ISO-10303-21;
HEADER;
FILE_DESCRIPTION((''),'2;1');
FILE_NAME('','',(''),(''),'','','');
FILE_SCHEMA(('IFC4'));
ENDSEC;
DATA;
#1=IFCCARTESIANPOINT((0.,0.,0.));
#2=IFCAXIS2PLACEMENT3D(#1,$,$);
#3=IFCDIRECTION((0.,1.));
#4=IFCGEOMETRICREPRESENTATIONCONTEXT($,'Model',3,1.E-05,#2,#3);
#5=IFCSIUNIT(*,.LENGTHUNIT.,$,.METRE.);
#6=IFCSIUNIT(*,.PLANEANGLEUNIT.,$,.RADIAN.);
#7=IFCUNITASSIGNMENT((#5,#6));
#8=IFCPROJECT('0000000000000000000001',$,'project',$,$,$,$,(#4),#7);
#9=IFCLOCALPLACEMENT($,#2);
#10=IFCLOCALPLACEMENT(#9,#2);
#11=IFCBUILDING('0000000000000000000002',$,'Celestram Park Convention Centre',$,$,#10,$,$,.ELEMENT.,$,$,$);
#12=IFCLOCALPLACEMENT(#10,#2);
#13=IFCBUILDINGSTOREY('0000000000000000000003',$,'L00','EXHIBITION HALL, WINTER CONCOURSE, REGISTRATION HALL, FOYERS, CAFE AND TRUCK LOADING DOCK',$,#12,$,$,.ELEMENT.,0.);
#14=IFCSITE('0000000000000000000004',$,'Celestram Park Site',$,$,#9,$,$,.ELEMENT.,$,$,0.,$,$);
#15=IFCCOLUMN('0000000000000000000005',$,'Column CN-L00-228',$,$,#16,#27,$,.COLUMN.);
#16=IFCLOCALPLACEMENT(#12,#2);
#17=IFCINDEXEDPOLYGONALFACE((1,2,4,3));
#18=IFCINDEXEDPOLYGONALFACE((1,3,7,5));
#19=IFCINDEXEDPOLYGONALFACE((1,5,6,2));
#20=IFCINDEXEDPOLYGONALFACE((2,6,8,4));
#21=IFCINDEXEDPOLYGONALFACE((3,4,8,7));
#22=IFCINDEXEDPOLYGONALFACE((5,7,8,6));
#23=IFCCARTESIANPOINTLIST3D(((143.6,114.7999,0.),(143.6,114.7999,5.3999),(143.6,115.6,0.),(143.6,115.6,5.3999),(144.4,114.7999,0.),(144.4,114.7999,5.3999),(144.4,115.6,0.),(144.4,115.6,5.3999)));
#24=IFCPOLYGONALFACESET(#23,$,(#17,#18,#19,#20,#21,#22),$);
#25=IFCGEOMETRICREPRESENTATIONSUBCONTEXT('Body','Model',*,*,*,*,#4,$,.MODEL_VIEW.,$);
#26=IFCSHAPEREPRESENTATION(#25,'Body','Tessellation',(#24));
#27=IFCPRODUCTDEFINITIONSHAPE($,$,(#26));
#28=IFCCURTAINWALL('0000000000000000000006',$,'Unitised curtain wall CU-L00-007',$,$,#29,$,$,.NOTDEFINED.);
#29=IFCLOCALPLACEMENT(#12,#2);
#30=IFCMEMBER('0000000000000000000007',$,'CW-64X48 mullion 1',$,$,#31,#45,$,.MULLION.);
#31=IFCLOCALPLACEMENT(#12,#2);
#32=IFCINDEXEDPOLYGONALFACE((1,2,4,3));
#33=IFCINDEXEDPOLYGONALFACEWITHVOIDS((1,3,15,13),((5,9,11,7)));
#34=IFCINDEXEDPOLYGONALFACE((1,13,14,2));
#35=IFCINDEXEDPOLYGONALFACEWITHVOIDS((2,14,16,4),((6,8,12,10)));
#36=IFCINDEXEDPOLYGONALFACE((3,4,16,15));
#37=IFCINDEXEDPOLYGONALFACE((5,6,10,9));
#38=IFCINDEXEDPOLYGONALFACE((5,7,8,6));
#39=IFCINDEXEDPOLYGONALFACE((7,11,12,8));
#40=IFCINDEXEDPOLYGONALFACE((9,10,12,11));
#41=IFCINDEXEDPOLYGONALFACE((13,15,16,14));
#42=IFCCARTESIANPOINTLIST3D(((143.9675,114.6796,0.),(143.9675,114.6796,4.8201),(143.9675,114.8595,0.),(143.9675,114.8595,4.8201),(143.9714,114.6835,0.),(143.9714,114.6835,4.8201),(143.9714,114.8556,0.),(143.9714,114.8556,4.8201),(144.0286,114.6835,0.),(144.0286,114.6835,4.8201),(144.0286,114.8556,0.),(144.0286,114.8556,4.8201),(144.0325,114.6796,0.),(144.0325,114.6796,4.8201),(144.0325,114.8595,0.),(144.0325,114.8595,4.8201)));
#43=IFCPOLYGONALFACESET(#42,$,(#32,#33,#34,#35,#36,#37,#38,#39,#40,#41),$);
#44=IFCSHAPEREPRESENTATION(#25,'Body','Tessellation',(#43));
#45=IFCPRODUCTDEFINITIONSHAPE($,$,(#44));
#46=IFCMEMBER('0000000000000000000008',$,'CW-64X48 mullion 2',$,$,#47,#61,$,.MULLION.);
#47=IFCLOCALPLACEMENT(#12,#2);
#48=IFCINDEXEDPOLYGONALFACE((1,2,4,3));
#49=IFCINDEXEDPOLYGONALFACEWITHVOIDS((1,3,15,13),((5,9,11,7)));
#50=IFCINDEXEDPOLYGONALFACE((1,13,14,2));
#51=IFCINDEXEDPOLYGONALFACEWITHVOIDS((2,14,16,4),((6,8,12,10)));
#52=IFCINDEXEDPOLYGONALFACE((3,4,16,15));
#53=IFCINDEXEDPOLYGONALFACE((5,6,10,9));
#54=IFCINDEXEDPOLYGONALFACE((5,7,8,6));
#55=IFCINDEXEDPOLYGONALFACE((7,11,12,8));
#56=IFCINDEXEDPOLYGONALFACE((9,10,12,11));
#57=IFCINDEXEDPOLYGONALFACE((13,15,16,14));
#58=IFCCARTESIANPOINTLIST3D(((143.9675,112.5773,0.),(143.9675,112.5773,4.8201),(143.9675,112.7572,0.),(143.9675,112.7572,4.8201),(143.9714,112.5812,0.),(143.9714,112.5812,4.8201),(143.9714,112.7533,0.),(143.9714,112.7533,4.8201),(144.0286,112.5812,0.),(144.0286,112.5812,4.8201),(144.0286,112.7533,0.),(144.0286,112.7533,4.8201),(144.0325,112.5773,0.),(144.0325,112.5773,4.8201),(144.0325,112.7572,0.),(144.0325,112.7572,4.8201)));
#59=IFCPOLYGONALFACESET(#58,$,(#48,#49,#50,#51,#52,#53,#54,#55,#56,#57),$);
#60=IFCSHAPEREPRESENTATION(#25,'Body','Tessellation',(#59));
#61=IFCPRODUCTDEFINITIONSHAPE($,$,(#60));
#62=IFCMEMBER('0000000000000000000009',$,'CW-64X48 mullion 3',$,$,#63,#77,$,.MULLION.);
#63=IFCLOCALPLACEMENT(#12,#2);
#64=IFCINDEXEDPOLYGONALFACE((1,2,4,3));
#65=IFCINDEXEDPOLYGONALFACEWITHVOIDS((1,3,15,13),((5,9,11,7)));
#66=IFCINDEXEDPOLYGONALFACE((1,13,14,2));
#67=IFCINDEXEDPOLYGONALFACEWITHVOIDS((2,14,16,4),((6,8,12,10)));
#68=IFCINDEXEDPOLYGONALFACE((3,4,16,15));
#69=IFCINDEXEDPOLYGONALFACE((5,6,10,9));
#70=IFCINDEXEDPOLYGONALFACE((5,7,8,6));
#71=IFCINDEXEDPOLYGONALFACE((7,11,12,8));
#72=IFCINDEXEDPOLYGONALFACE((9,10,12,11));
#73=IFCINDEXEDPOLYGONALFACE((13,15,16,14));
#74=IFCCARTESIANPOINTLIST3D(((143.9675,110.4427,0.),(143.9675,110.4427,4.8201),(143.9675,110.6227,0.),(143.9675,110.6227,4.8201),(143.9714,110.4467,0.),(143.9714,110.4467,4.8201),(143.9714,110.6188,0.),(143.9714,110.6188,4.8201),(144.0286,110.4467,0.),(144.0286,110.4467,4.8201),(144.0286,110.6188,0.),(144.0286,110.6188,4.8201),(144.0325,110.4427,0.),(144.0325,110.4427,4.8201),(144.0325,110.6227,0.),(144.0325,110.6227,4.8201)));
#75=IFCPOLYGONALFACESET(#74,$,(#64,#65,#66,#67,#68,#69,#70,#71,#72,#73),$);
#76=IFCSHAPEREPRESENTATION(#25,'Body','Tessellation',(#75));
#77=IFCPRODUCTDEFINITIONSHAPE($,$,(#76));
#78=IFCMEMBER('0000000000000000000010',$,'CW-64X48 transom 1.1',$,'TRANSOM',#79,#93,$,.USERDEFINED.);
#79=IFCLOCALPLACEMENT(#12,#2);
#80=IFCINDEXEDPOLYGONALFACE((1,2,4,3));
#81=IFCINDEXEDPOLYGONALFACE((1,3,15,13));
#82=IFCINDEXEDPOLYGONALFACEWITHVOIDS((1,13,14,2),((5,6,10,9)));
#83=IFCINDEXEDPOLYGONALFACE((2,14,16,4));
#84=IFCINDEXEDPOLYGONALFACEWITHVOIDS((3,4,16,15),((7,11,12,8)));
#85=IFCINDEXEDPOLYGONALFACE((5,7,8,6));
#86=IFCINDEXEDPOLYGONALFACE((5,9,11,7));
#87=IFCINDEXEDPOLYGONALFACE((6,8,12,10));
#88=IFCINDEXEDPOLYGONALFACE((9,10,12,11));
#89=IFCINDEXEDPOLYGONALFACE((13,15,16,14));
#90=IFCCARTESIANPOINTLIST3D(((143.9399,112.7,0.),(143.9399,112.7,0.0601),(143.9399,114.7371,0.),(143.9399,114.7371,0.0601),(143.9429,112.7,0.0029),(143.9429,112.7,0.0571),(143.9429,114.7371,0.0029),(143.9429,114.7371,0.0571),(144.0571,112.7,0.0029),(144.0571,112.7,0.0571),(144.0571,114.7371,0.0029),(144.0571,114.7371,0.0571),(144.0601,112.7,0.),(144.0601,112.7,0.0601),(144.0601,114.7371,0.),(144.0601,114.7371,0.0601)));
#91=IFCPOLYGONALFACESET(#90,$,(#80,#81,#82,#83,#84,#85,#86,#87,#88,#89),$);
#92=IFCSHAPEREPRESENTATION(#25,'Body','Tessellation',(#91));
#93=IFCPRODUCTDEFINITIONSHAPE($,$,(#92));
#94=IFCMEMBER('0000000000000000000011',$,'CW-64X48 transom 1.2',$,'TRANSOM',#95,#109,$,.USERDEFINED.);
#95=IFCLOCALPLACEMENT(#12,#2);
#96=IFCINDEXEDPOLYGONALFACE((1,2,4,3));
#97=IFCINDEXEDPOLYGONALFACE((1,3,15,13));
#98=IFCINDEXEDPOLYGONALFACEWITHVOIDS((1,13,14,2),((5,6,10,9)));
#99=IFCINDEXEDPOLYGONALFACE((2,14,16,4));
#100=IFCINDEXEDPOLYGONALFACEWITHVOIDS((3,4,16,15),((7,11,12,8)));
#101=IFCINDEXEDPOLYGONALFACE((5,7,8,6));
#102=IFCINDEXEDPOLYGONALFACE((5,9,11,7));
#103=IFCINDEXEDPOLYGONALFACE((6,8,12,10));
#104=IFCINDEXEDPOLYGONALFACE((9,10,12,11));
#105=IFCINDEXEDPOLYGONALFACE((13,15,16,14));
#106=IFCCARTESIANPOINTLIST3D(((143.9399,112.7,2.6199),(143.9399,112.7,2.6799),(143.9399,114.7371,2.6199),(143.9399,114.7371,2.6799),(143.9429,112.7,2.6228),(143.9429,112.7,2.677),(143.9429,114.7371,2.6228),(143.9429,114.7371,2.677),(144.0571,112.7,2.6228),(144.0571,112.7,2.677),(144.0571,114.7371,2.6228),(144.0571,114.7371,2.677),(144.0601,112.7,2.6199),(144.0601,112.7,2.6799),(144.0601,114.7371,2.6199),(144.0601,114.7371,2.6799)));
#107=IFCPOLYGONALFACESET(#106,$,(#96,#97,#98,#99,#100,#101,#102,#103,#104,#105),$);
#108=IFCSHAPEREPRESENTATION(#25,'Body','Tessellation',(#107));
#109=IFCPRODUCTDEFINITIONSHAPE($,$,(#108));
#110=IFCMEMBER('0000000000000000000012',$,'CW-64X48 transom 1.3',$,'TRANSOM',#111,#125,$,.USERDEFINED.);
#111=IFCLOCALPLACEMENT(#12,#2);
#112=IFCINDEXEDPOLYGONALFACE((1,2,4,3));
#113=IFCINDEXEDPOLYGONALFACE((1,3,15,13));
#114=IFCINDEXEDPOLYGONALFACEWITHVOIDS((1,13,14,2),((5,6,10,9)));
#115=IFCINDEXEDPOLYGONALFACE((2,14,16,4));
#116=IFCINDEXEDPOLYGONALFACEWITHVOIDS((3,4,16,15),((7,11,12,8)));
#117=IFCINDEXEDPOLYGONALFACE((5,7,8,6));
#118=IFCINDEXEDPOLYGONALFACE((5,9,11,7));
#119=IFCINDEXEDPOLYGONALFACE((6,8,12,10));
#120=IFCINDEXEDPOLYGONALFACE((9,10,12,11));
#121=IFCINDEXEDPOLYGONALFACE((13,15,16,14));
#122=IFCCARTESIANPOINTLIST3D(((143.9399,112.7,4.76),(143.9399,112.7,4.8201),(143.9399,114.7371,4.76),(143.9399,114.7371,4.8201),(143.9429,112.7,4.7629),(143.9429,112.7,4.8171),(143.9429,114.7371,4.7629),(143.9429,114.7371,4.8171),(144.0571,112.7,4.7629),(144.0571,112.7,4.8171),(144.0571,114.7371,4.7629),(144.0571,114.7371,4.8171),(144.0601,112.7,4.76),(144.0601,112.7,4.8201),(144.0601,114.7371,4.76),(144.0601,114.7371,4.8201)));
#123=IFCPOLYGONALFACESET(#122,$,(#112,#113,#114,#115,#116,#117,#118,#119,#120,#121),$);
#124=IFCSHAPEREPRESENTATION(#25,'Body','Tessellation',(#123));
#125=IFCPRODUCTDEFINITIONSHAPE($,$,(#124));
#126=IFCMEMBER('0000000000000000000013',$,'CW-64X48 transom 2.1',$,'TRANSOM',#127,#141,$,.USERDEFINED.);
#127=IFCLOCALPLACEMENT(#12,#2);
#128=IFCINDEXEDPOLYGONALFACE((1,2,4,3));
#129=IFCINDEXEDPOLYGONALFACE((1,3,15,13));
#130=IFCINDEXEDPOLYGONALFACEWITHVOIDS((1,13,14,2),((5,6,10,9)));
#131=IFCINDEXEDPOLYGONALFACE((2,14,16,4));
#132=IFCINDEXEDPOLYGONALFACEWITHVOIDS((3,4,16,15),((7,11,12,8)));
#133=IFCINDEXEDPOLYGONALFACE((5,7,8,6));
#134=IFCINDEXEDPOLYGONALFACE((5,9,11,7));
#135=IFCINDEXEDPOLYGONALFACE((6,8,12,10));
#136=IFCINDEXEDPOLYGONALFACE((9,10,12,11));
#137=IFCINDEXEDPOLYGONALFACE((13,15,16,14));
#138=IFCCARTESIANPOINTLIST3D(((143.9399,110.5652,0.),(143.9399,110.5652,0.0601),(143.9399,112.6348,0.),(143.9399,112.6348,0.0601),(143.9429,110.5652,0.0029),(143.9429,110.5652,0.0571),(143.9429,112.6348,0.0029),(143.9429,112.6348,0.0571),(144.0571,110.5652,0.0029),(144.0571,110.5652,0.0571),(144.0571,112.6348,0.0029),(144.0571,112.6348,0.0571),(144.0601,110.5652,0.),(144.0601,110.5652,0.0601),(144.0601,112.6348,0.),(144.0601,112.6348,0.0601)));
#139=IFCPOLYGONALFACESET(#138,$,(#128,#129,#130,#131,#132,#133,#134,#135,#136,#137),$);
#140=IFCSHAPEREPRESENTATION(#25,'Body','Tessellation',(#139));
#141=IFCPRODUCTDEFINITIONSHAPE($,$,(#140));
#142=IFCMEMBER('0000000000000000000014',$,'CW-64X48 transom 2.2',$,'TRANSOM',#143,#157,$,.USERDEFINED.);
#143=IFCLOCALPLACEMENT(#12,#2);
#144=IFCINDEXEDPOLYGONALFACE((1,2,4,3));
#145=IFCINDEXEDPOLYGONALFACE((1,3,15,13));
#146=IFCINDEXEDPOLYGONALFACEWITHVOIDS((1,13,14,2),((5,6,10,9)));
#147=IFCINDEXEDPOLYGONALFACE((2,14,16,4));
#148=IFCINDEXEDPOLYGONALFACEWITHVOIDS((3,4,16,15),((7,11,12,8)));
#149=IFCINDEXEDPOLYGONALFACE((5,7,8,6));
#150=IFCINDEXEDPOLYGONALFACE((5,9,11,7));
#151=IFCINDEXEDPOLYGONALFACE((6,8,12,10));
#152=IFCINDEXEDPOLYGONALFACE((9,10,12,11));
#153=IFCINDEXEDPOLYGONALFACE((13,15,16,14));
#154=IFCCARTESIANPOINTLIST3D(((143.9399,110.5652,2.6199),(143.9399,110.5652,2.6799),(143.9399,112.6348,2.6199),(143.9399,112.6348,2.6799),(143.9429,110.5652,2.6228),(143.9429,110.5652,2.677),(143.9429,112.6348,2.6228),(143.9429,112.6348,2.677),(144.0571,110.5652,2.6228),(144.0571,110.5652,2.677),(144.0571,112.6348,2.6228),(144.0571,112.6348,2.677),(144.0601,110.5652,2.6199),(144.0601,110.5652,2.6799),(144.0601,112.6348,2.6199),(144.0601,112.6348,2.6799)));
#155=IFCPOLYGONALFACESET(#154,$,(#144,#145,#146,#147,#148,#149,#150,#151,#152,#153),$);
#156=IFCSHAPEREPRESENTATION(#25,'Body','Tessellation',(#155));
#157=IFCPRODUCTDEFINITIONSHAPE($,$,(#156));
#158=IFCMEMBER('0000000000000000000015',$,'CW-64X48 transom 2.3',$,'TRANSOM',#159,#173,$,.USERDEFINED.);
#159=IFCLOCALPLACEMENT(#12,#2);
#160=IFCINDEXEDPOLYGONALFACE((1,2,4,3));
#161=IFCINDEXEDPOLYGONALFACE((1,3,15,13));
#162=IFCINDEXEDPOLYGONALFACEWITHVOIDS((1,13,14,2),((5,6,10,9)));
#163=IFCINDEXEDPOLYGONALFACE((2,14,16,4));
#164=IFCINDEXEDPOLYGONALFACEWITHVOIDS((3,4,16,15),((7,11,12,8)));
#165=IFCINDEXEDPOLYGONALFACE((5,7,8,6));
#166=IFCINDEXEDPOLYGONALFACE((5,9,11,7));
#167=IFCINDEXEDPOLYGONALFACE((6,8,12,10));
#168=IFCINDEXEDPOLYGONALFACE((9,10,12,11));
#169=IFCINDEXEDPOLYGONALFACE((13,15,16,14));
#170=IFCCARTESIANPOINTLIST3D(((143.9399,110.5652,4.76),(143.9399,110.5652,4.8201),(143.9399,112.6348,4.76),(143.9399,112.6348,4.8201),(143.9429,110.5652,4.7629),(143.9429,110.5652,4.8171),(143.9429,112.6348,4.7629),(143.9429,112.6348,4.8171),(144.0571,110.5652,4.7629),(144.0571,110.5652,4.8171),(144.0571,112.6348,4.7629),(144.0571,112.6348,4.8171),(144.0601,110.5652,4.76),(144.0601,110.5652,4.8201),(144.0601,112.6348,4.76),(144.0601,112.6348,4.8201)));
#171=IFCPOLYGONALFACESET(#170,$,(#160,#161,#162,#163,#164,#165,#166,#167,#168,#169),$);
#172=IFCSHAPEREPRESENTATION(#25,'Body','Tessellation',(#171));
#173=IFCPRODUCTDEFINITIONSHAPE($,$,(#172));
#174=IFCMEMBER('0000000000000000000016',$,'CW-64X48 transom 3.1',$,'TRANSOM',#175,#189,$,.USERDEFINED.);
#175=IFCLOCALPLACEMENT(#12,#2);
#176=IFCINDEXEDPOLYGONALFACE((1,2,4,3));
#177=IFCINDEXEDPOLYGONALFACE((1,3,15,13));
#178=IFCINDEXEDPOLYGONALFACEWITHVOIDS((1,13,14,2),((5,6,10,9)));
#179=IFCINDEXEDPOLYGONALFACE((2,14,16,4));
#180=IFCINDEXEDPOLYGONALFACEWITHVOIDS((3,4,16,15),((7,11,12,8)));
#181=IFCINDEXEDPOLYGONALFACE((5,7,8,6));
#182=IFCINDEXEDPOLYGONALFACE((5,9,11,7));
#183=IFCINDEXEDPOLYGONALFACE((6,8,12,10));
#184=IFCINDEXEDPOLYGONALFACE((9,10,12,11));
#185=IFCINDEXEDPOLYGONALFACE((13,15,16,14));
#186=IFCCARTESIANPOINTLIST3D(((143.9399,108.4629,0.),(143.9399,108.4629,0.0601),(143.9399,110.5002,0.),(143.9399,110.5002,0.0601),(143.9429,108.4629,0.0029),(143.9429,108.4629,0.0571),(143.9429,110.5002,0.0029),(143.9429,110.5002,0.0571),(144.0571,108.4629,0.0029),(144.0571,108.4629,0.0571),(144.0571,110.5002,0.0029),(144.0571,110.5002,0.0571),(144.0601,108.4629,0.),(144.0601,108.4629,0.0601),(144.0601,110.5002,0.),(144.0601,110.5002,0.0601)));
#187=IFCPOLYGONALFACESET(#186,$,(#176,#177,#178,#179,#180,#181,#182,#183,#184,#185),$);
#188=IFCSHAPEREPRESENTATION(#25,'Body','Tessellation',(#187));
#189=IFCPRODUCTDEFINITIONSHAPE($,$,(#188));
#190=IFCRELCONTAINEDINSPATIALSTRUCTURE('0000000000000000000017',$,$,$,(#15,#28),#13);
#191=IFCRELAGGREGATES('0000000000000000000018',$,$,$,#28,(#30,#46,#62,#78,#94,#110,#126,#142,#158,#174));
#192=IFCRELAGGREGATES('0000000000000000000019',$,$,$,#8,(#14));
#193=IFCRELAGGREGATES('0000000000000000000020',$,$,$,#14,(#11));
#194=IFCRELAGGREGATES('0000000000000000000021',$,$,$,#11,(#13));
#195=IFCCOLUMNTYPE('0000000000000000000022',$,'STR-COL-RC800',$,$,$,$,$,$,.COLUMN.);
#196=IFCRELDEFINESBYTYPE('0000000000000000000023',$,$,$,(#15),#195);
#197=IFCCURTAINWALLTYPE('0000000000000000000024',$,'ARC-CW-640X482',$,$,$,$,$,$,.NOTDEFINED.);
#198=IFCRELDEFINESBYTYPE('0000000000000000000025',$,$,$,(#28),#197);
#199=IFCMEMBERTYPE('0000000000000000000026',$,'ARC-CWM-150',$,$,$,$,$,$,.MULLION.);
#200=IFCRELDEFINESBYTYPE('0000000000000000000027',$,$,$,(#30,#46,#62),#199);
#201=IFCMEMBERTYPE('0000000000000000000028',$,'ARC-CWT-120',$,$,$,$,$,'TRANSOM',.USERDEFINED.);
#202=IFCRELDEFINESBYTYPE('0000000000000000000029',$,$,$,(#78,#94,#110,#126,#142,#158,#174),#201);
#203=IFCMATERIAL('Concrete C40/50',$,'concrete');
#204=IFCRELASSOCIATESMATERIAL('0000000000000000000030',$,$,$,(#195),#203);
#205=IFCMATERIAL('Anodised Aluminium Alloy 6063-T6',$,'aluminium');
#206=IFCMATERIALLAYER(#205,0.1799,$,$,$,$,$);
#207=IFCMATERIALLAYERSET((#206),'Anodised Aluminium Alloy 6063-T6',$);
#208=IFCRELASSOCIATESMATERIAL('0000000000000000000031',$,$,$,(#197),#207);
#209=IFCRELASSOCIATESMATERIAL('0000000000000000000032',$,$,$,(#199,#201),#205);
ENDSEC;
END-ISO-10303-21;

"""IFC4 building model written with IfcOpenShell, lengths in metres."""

from ifc_helpers import new_model, si_unit, direction, frame, origin, origin_2d, place, context, subcontext, project, spatial, rectangle, hollow_rectangle, extrude, material, layer, layer_set, material_profile, profile_set, type_object, element, aggregate, save


model = new_model("IFC4")

# Units and contexts
model_context = context("Model", 3, precision=1e-05, world=origin(), true_north=direction((0.0, 1.0)))
body_context = subcontext(model_context, "Body", "Model", "MODEL_VIEW")
ifc_project = project(units=[si_unit("LENGTHUNIT", "METRE"), si_unit("PLANEANGLEUNIT", "RADIAN")], contexts=[model_context])

# Site, building, storey
site_placement = place(None, origin())
site = spatial("IfcSite", under=ifc_project, at=site_placement, Name="Celestram Park Site", CompositionType="ELEMENT", RefElevation=0.0)
building_placement = place(site_placement, origin())
building = spatial("IfcBuilding", under=site, at=building_placement, Name="Celestram Park Convention Centre", CompositionType="ELEMENT")
storey_placement = place(building_placement, origin())
storey = spatial("IfcBuildingStorey", under=building, at=storey_placement, Name="L00", Description="EXHIBITION HALL, WINTER CONCOURSE, REGISTRATION HALL, FOYERS, CAFE AND TRUCK LOADING DOCK", CompositionType="ELEMENT", Elevation=0.0)

# Column
ifc_material_1 = material(Name="Concrete C40/50", Category="concrete")
ifc_material_profile_1 = material_profile(ifc_material_1, rectangle(XDim=0.8, YDim=0.8, at=origin_2d()), Name="RC800X800")
ifc_profile_set_1 = profile_set([ifc_material_profile_1], Name="Concrete C40/50")
column_type = type_object("IfcColumnType", Name="STR-COL-RC800", PredefinedType="COLUMN", material=ifc_profile_set_1)
column_placement = place(storey_placement, frame((144.0, 115.2, 0.0), z_axis=(0.0, 0.0, 1.0), x_axis=(1.0, 0.0, 0.0)))
element("IfcColumn", 1, at=column_placement, inside=storey, type_object=column_type, Name="Column CN-L00-228", PredefinedType="COLUMN", context=body_context, shape_type="SweptSolid", body=[
    extrude(rectangle(XDim=0.8, YDim=0.8, at=origin_2d()), origin(), (0.0, 0.0, 1.0), 5.3999),
])

# Curtain wall, members
ifc_material_2 = material(Name="Anodised Aluminium Alloy 6063-T6", Category="aluminium")
ifc_layer_1 = layer(ifc_material_2, 0.1799)
ifc_layer_set_1 = layer_set([ifc_layer_1], Name="Anodised Aluminium Alloy 6063-T6")
curtain_wall_type = type_object("IfcCurtainWallType", Name="ARC-CW-640X482", PredefinedType="NOTDEFINED", material=ifc_layer_set_1)
curtain_wall_placement = place(storey_placement, origin())
curtain_wall = element("IfcCurtainWall", 2, at=curtain_wall_placement, inside=storey, type_object=curtain_wall_type, Name="Unitised curtain wall CU-L00-007", PredefinedType="NOTDEFINED")
ifc_material_profile_2 = material_profile(ifc_material_2, hollow_rectangle(XDim=0.0649, YDim=0.1799, WallThickness=0.0039, at=origin_2d()), Name="ALU65X180X4")
ifc_profile_set_2 = profile_set([ifc_material_profile_2], Name="Anodised Aluminium Alloy 6063-T6")
member_type_1 = type_object("IfcMemberType", Name="ARC-CWM-150", PredefinedType="MULLION", material=ifc_profile_set_2)
member_1_placement = place(storey_placement, frame((144.0, 114.7695, 0.0), z_axis=(0.0, 0.0, 1.0), x_axis=(1.0, 0.0, 0.0)))
member_1 = element("IfcMember", 3, at=member_1_placement, type_object=member_type_1, Name="CW-64X48 mullion 1", PredefinedType="MULLION", context=body_context, shape_type="SweptSolid", body=[
    extrude(hollow_rectangle(XDim=0.0649, YDim=0.1799, WallThickness=0.0039, at=origin_2d()), origin(), (0.0, 0.0, 1.0), 4.8201),
])
member_2_placement = place(storey_placement, frame((144.0, 112.6672, 0.0), z_axis=(0.0, 0.0, 1.0), x_axis=(1.0, 0.0, 0.0)))
member_2 = element("IfcMember", 4, at=member_2_placement, type_object=member_type_1, Name="CW-64X48 mullion 2", PredefinedType="MULLION", context=body_context, shape_type="SweptSolid", body=[
    extrude(hollow_rectangle(XDim=0.0649, YDim=0.1799, WallThickness=0.0039, at=origin_2d()), origin(), (0.0, 0.0, 1.0), 4.8201),
])
member_3_placement = place(storey_placement, frame((144.0, 110.5327, 0.0), z_axis=(0.0, 0.0, 1.0), x_axis=(1.0, 0.0, 0.0)))
member_3 = element("IfcMember", 5, at=member_3_placement, type_object=member_type_1, Name="CW-64X48 mullion 3", PredefinedType="MULLION", context=body_context, shape_type="SweptSolid", body=[
    extrude(hollow_rectangle(XDim=0.0649, YDim=0.1799, WallThickness=0.0039, at=origin_2d()), origin(), (0.0, 0.0, 1.0), 4.8201),
])
ifc_material_profile_3 = material_profile(ifc_material_2, hollow_rectangle(XDim=0.1201, YDim=0.0601, WallThickness=0.0029, at=origin_2d()), Name="ALU120X60X3")
ifc_profile_set_3 = profile_set([ifc_material_profile_3], Name="Anodised Aluminium Alloy 6063-T6")
member_type_2 = type_object("IfcMemberType", Name="ARC-CWT-120", ElementType="TRANSOM", PredefinedType="USERDEFINED", material=ifc_profile_set_3)
member_4_placement = place(storey_placement, frame((144.0, 114.7371, 0.03), z_axis=(0.0, -1.0, 0.0), x_axis=(1.0, 0.0, 0.0)))
member_4 = element("IfcMember", 6, at=member_4_placement, type_object=member_type_2, Name="CW-64X48 transom 1.1", ObjectType="TRANSOM", PredefinedType="USERDEFINED", context=body_context, shape_type="SweptSolid", body=[
    extrude(hollow_rectangle(XDim=0.1201, YDim=0.0601, WallThickness=0.0029, at=origin_2d()), origin(), (0.0, 0.0, 1.0), 2.0371),
])
member_5_placement = place(storey_placement, frame((144.0, 114.7371, 2.6499), z_axis=(0.0, -1.0, 0.0), x_axis=(1.0, 0.0, 0.0)))
member_5 = element("IfcMember", 7, at=member_5_placement, type_object=member_type_2, Name="CW-64X48 transom 1.2", ObjectType="TRANSOM", PredefinedType="USERDEFINED", context=body_context, shape_type="SweptSolid", body=[
    extrude(hollow_rectangle(XDim=0.1201, YDim=0.0601, WallThickness=0.0029, at=origin_2d()), origin(), (0.0, 0.0, 1.0), 2.0371),
])
member_6_placement = place(storey_placement, frame((144.0, 114.7371, 4.79), z_axis=(0.0, -1.0, 0.0), x_axis=(1.0, 0.0, 0.0)))
member_6 = element("IfcMember", 8, at=member_6_placement, type_object=member_type_2, Name="CW-64X48 transom 1.3", ObjectType="TRANSOM", PredefinedType="USERDEFINED", context=body_context, shape_type="SweptSolid", body=[
    extrude(hollow_rectangle(XDim=0.1201, YDim=0.0601, WallThickness=0.0029, at=origin_2d()), origin(), (0.0, 0.0, 1.0), 2.0371),
])
member_7_placement = place(storey_placement, frame((144.0, 112.6348, 0.03), z_axis=(0.0, -1.0, 0.0), x_axis=(1.0, 0.0, 0.0)))
member_7 = element("IfcMember", 9, at=member_7_placement, type_object=member_type_2, Name="CW-64X48 transom 2.1", ObjectType="TRANSOM", PredefinedType="USERDEFINED", context=body_context, shape_type="SweptSolid", body=[
    extrude(hollow_rectangle(XDim=0.1201, YDim=0.0601, WallThickness=0.0029, at=origin_2d()), origin(), (0.0, 0.0, 1.0), 2.0696),
])
member_8_placement = place(storey_placement, frame((144.0, 112.6348, 2.6499), z_axis=(0.0, -1.0, 0.0), x_axis=(1.0, 0.0, 0.0)))
member_8 = element("IfcMember", 10, at=member_8_placement, type_object=member_type_2, Name="CW-64X48 transom 2.2", ObjectType="TRANSOM", PredefinedType="USERDEFINED", context=body_context, shape_type="SweptSolid", body=[
    extrude(hollow_rectangle(XDim=0.1201, YDim=0.0601, WallThickness=0.0029, at=origin_2d()), origin(), (0.0, 0.0, 1.0), 2.0696),
])
member_9_placement = place(storey_placement, frame((144.0, 112.6348, 4.79), z_axis=(0.0, -1.0, 0.0), x_axis=(1.0, 0.0, 0.0)))
member_9 = element("IfcMember", 11, at=member_9_placement, type_object=member_type_2, Name="CW-64X48 transom 2.3", ObjectType="TRANSOM", PredefinedType="USERDEFINED", context=body_context, shape_type="SweptSolid", body=[
    extrude(hollow_rectangle(XDim=0.1201, YDim=0.0601, WallThickness=0.0029, at=origin_2d()), origin(), (0.0, 0.0, 1.0), 2.0696),
])
member_10_placement = place(storey_placement, frame((144.0, 110.5002, 0.03), z_axis=(0.0, -1.0, 0.0), x_axis=(1.0, 0.0, 0.0)))
member_10 = element("IfcMember", 12, at=member_10_placement, type_object=member_type_2, Name="CW-64X48 transom 3.1", ObjectType="TRANSOM", PredefinedType="USERDEFINED", context=body_context, shape_type="SweptSolid", body=[
    extrude(hollow_rectangle(XDim=0.1201, YDim=0.0601, WallThickness=0.0029, at=origin_2d()), origin(), (0.0, 0.0, 1.0), 2.0374),
])
aggregate(curtain_wall, [member_1, member_2, member_3, member_4, member_5, member_6, member_7, member_8, member_9, member_10])

save(model, "model.ifc")
